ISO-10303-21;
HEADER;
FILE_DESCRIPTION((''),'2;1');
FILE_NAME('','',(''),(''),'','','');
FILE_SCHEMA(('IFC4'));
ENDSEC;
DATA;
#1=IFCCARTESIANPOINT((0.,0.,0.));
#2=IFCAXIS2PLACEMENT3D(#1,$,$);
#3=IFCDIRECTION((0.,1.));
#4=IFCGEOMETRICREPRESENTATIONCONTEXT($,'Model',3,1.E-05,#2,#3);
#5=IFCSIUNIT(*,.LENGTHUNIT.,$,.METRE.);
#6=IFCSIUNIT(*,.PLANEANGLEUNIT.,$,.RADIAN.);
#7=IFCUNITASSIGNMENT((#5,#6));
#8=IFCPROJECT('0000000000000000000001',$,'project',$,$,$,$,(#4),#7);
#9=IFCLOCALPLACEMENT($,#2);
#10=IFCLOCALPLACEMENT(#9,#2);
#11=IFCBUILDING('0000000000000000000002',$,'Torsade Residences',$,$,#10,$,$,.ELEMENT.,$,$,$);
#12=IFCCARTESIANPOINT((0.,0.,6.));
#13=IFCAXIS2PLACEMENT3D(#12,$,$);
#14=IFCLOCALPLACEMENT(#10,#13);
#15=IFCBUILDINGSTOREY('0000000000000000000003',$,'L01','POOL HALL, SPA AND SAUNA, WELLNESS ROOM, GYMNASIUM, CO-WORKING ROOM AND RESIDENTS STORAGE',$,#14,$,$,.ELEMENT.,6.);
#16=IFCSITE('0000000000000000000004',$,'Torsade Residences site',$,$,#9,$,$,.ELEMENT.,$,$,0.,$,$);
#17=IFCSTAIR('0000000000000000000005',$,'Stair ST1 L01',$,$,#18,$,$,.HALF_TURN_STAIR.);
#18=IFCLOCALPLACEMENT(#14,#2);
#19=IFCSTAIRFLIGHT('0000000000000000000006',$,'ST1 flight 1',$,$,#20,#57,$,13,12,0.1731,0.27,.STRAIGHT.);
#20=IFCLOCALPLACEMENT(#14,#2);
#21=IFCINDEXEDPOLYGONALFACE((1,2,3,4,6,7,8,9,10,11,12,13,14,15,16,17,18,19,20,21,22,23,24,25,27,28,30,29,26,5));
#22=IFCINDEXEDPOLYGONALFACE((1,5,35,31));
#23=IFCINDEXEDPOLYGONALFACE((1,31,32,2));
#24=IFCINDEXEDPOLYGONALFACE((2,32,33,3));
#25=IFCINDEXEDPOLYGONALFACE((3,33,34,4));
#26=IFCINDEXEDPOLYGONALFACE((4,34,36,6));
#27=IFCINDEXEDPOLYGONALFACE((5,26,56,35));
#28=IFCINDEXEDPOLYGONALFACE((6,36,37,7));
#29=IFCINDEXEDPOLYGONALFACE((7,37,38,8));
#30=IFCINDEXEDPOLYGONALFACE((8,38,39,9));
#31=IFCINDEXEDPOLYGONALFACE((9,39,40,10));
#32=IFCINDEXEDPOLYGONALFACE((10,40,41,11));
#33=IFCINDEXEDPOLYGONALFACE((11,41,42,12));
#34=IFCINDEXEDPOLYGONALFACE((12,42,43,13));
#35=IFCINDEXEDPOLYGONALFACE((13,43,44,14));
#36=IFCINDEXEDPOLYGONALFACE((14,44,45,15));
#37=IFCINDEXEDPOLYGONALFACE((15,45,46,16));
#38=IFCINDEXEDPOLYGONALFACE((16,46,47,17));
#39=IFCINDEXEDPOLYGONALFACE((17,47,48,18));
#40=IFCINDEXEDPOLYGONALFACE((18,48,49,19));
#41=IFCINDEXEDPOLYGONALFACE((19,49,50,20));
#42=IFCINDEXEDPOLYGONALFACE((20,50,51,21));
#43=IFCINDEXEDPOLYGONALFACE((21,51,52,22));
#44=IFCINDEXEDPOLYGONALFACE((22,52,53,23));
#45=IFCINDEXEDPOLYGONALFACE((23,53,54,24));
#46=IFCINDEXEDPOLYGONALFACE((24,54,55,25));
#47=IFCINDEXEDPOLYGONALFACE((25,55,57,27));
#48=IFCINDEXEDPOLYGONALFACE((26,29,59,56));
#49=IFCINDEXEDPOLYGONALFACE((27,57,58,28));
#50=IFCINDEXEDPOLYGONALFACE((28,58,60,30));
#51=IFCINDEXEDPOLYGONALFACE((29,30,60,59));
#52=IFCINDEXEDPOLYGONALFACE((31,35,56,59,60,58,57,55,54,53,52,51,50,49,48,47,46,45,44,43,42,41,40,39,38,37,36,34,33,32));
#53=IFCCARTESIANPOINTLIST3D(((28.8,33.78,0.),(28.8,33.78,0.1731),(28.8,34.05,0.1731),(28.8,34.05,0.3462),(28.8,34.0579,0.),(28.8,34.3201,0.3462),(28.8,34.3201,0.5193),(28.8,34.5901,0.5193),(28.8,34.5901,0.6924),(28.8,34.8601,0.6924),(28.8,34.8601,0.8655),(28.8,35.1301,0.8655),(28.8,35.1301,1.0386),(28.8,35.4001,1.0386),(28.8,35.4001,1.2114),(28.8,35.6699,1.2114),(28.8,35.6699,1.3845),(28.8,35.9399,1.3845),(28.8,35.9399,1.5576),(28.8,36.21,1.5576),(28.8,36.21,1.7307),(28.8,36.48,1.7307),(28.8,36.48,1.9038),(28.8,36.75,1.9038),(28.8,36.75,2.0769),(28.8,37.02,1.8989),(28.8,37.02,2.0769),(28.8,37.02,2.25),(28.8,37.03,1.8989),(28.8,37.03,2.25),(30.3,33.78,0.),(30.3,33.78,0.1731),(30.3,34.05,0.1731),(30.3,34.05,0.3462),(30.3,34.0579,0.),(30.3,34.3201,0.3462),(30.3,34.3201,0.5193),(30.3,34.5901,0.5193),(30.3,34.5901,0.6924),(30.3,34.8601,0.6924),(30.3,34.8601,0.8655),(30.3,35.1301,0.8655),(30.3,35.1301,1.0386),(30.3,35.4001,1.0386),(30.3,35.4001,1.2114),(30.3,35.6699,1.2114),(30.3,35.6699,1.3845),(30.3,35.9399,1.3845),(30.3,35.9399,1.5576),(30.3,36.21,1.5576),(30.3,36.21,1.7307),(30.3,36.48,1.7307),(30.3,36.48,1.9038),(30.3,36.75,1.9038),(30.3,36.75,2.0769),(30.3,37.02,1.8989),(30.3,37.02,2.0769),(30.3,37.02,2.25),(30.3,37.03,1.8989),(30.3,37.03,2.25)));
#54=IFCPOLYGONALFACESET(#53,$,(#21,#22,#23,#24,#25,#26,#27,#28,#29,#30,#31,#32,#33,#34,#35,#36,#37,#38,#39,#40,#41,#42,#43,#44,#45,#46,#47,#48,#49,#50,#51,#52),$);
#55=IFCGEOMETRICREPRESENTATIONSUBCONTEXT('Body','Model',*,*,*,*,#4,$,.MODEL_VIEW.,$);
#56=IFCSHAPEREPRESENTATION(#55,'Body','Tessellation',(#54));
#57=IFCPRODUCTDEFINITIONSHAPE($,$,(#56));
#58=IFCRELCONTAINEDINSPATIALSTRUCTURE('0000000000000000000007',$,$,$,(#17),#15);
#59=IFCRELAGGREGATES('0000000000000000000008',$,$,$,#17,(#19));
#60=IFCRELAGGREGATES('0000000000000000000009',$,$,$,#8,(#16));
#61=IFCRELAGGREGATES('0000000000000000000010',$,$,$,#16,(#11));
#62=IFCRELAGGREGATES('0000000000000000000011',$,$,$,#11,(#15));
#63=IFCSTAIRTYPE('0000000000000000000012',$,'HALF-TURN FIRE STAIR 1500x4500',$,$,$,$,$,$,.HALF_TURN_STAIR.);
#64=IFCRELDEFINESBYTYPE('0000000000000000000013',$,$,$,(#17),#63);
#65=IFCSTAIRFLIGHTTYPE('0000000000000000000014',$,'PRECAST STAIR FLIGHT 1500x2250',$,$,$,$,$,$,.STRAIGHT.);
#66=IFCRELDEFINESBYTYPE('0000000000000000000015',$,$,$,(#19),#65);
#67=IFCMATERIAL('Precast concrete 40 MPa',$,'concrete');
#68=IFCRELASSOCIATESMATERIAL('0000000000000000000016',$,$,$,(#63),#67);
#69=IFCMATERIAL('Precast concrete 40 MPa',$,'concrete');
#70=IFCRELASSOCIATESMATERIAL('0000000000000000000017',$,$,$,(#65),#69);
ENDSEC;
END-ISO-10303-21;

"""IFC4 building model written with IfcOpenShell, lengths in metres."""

from ifc_helpers import new_model, si_unit, direction, frame, origin, place, context, subcontext, project, spatial, polyline, outline, extrude, material, type_object, element, aggregate, save


model = new_model("IFC4")

# Units and contexts
model_context = context("Model", 3, precision=1e-05, world=origin(), true_north=direction((0.0, 1.0)))
body_context = subcontext(model_context, "Body", "Model", "MODEL_VIEW")
ifc_project = project(units=[si_unit("LENGTHUNIT", "METRE"), si_unit("PLANEANGLEUNIT", "RADIAN")], contexts=[model_context])

# Site, building, storey
site_placement = place(None, origin())
site = spatial("IfcSite", under=ifc_project, at=site_placement, Name="Torsade Residences site", CompositionType="ELEMENT", RefElevation=0.0)
building_placement = place(site_placement, origin())
building = spatial("IfcBuilding", under=site, at=building_placement, Name="Torsade Residences", CompositionType="ELEMENT")
storey_placement = place(building_placement, frame((0.0, 0.0, 6.0)))
storey = spatial("IfcBuildingStorey", under=building, at=storey_placement, Name="L01", Description="POOL HALL, SPA AND SAUNA, WELLNESS ROOM, GYMNASIUM, CO-WORKING ROOM AND RESIDENTS STORAGE", CompositionType="ELEMENT", Elevation=6.0)

# Stair, stair flight
ifc_material_1 = material(Name="Precast concrete 40 MPa", Category="concrete")
stair_type = type_object("IfcStairType", Name="HALF-TURN FIRE STAIR 1500x4500", PredefinedType="HALF_TURN_STAIR", material=ifc_material_1)
stair_placement = place(storey_placement, origin())
stair = element("IfcStair", 1, at=stair_placement, inside=storey, type_object=stair_type, Name="Stair ST1 L01", PredefinedType="HALF_TURN_STAIR")
ifc_material_2 = material(Name="Precast concrete 40 MPa", Category="concrete")
stair_flight_type = type_object("IfcStairFlightType", Name="PRECAST STAIR FLIGHT 1500x2250", PredefinedType="STRAIGHT", material=ifc_material_2)
stair_flight_placement = place(storey_placement, frame((29.55, 33.78, 0.0), z_axis=(0.0, 0.0, 1.0), x_axis=(0.0, 1.0, 0.0)))
stair_flight = element("IfcStairFlight", 2, at=stair_flight_placement, type_object=stair_flight_type, Name="ST1 flight 1", NumberOfRisers=13, NumberOfTreads=12, PredefinedType="STRAIGHT", RiserHeight=0.1731, TreadLength=0.27, context=body_context, shape_type="SweptSolid", body=[
    extrude(outline(polyline([(0.0, 0.0), (0.0, 0.1731), (0.27, 0.1731), (0.27, 0.3462), (0.54, 0.3462), (0.54, 0.5193), (0.8101, 0.5193), (0.8101, 0.6924), (1.0801, 0.6924), (1.0801, 0.8655), (1.3501, 0.8655), (1.3501, 1.0386), (1.6201, 1.0386), (1.6201, 1.2114), (1.8899, 1.2114), (1.8899, 1.3845), (2.1599, 1.3845), (2.1599, 1.5576), (2.4299, 1.5576), (2.4299, 1.7307), (2.7, 1.7307), (2.7, 1.9038), (2.97, 1.9038), (2.97, 2.0769), (3.24, 2.0769), (3.24, 2.25), (3.25, 2.25), (3.25, 1.8989), (3.24, 1.8989), (0.2778, 0.0), (0.0, 0.0)])), frame((0.0, 0.75, 0.0), z_axis=(0.0, -1.0, 0.0), x_axis=(1.0, 0.0, 0.0)), (0.0, 0.0, 1.0), 1.5),
])
aggregate(stair, [stair_flight])

save(model, "model.ifc")
